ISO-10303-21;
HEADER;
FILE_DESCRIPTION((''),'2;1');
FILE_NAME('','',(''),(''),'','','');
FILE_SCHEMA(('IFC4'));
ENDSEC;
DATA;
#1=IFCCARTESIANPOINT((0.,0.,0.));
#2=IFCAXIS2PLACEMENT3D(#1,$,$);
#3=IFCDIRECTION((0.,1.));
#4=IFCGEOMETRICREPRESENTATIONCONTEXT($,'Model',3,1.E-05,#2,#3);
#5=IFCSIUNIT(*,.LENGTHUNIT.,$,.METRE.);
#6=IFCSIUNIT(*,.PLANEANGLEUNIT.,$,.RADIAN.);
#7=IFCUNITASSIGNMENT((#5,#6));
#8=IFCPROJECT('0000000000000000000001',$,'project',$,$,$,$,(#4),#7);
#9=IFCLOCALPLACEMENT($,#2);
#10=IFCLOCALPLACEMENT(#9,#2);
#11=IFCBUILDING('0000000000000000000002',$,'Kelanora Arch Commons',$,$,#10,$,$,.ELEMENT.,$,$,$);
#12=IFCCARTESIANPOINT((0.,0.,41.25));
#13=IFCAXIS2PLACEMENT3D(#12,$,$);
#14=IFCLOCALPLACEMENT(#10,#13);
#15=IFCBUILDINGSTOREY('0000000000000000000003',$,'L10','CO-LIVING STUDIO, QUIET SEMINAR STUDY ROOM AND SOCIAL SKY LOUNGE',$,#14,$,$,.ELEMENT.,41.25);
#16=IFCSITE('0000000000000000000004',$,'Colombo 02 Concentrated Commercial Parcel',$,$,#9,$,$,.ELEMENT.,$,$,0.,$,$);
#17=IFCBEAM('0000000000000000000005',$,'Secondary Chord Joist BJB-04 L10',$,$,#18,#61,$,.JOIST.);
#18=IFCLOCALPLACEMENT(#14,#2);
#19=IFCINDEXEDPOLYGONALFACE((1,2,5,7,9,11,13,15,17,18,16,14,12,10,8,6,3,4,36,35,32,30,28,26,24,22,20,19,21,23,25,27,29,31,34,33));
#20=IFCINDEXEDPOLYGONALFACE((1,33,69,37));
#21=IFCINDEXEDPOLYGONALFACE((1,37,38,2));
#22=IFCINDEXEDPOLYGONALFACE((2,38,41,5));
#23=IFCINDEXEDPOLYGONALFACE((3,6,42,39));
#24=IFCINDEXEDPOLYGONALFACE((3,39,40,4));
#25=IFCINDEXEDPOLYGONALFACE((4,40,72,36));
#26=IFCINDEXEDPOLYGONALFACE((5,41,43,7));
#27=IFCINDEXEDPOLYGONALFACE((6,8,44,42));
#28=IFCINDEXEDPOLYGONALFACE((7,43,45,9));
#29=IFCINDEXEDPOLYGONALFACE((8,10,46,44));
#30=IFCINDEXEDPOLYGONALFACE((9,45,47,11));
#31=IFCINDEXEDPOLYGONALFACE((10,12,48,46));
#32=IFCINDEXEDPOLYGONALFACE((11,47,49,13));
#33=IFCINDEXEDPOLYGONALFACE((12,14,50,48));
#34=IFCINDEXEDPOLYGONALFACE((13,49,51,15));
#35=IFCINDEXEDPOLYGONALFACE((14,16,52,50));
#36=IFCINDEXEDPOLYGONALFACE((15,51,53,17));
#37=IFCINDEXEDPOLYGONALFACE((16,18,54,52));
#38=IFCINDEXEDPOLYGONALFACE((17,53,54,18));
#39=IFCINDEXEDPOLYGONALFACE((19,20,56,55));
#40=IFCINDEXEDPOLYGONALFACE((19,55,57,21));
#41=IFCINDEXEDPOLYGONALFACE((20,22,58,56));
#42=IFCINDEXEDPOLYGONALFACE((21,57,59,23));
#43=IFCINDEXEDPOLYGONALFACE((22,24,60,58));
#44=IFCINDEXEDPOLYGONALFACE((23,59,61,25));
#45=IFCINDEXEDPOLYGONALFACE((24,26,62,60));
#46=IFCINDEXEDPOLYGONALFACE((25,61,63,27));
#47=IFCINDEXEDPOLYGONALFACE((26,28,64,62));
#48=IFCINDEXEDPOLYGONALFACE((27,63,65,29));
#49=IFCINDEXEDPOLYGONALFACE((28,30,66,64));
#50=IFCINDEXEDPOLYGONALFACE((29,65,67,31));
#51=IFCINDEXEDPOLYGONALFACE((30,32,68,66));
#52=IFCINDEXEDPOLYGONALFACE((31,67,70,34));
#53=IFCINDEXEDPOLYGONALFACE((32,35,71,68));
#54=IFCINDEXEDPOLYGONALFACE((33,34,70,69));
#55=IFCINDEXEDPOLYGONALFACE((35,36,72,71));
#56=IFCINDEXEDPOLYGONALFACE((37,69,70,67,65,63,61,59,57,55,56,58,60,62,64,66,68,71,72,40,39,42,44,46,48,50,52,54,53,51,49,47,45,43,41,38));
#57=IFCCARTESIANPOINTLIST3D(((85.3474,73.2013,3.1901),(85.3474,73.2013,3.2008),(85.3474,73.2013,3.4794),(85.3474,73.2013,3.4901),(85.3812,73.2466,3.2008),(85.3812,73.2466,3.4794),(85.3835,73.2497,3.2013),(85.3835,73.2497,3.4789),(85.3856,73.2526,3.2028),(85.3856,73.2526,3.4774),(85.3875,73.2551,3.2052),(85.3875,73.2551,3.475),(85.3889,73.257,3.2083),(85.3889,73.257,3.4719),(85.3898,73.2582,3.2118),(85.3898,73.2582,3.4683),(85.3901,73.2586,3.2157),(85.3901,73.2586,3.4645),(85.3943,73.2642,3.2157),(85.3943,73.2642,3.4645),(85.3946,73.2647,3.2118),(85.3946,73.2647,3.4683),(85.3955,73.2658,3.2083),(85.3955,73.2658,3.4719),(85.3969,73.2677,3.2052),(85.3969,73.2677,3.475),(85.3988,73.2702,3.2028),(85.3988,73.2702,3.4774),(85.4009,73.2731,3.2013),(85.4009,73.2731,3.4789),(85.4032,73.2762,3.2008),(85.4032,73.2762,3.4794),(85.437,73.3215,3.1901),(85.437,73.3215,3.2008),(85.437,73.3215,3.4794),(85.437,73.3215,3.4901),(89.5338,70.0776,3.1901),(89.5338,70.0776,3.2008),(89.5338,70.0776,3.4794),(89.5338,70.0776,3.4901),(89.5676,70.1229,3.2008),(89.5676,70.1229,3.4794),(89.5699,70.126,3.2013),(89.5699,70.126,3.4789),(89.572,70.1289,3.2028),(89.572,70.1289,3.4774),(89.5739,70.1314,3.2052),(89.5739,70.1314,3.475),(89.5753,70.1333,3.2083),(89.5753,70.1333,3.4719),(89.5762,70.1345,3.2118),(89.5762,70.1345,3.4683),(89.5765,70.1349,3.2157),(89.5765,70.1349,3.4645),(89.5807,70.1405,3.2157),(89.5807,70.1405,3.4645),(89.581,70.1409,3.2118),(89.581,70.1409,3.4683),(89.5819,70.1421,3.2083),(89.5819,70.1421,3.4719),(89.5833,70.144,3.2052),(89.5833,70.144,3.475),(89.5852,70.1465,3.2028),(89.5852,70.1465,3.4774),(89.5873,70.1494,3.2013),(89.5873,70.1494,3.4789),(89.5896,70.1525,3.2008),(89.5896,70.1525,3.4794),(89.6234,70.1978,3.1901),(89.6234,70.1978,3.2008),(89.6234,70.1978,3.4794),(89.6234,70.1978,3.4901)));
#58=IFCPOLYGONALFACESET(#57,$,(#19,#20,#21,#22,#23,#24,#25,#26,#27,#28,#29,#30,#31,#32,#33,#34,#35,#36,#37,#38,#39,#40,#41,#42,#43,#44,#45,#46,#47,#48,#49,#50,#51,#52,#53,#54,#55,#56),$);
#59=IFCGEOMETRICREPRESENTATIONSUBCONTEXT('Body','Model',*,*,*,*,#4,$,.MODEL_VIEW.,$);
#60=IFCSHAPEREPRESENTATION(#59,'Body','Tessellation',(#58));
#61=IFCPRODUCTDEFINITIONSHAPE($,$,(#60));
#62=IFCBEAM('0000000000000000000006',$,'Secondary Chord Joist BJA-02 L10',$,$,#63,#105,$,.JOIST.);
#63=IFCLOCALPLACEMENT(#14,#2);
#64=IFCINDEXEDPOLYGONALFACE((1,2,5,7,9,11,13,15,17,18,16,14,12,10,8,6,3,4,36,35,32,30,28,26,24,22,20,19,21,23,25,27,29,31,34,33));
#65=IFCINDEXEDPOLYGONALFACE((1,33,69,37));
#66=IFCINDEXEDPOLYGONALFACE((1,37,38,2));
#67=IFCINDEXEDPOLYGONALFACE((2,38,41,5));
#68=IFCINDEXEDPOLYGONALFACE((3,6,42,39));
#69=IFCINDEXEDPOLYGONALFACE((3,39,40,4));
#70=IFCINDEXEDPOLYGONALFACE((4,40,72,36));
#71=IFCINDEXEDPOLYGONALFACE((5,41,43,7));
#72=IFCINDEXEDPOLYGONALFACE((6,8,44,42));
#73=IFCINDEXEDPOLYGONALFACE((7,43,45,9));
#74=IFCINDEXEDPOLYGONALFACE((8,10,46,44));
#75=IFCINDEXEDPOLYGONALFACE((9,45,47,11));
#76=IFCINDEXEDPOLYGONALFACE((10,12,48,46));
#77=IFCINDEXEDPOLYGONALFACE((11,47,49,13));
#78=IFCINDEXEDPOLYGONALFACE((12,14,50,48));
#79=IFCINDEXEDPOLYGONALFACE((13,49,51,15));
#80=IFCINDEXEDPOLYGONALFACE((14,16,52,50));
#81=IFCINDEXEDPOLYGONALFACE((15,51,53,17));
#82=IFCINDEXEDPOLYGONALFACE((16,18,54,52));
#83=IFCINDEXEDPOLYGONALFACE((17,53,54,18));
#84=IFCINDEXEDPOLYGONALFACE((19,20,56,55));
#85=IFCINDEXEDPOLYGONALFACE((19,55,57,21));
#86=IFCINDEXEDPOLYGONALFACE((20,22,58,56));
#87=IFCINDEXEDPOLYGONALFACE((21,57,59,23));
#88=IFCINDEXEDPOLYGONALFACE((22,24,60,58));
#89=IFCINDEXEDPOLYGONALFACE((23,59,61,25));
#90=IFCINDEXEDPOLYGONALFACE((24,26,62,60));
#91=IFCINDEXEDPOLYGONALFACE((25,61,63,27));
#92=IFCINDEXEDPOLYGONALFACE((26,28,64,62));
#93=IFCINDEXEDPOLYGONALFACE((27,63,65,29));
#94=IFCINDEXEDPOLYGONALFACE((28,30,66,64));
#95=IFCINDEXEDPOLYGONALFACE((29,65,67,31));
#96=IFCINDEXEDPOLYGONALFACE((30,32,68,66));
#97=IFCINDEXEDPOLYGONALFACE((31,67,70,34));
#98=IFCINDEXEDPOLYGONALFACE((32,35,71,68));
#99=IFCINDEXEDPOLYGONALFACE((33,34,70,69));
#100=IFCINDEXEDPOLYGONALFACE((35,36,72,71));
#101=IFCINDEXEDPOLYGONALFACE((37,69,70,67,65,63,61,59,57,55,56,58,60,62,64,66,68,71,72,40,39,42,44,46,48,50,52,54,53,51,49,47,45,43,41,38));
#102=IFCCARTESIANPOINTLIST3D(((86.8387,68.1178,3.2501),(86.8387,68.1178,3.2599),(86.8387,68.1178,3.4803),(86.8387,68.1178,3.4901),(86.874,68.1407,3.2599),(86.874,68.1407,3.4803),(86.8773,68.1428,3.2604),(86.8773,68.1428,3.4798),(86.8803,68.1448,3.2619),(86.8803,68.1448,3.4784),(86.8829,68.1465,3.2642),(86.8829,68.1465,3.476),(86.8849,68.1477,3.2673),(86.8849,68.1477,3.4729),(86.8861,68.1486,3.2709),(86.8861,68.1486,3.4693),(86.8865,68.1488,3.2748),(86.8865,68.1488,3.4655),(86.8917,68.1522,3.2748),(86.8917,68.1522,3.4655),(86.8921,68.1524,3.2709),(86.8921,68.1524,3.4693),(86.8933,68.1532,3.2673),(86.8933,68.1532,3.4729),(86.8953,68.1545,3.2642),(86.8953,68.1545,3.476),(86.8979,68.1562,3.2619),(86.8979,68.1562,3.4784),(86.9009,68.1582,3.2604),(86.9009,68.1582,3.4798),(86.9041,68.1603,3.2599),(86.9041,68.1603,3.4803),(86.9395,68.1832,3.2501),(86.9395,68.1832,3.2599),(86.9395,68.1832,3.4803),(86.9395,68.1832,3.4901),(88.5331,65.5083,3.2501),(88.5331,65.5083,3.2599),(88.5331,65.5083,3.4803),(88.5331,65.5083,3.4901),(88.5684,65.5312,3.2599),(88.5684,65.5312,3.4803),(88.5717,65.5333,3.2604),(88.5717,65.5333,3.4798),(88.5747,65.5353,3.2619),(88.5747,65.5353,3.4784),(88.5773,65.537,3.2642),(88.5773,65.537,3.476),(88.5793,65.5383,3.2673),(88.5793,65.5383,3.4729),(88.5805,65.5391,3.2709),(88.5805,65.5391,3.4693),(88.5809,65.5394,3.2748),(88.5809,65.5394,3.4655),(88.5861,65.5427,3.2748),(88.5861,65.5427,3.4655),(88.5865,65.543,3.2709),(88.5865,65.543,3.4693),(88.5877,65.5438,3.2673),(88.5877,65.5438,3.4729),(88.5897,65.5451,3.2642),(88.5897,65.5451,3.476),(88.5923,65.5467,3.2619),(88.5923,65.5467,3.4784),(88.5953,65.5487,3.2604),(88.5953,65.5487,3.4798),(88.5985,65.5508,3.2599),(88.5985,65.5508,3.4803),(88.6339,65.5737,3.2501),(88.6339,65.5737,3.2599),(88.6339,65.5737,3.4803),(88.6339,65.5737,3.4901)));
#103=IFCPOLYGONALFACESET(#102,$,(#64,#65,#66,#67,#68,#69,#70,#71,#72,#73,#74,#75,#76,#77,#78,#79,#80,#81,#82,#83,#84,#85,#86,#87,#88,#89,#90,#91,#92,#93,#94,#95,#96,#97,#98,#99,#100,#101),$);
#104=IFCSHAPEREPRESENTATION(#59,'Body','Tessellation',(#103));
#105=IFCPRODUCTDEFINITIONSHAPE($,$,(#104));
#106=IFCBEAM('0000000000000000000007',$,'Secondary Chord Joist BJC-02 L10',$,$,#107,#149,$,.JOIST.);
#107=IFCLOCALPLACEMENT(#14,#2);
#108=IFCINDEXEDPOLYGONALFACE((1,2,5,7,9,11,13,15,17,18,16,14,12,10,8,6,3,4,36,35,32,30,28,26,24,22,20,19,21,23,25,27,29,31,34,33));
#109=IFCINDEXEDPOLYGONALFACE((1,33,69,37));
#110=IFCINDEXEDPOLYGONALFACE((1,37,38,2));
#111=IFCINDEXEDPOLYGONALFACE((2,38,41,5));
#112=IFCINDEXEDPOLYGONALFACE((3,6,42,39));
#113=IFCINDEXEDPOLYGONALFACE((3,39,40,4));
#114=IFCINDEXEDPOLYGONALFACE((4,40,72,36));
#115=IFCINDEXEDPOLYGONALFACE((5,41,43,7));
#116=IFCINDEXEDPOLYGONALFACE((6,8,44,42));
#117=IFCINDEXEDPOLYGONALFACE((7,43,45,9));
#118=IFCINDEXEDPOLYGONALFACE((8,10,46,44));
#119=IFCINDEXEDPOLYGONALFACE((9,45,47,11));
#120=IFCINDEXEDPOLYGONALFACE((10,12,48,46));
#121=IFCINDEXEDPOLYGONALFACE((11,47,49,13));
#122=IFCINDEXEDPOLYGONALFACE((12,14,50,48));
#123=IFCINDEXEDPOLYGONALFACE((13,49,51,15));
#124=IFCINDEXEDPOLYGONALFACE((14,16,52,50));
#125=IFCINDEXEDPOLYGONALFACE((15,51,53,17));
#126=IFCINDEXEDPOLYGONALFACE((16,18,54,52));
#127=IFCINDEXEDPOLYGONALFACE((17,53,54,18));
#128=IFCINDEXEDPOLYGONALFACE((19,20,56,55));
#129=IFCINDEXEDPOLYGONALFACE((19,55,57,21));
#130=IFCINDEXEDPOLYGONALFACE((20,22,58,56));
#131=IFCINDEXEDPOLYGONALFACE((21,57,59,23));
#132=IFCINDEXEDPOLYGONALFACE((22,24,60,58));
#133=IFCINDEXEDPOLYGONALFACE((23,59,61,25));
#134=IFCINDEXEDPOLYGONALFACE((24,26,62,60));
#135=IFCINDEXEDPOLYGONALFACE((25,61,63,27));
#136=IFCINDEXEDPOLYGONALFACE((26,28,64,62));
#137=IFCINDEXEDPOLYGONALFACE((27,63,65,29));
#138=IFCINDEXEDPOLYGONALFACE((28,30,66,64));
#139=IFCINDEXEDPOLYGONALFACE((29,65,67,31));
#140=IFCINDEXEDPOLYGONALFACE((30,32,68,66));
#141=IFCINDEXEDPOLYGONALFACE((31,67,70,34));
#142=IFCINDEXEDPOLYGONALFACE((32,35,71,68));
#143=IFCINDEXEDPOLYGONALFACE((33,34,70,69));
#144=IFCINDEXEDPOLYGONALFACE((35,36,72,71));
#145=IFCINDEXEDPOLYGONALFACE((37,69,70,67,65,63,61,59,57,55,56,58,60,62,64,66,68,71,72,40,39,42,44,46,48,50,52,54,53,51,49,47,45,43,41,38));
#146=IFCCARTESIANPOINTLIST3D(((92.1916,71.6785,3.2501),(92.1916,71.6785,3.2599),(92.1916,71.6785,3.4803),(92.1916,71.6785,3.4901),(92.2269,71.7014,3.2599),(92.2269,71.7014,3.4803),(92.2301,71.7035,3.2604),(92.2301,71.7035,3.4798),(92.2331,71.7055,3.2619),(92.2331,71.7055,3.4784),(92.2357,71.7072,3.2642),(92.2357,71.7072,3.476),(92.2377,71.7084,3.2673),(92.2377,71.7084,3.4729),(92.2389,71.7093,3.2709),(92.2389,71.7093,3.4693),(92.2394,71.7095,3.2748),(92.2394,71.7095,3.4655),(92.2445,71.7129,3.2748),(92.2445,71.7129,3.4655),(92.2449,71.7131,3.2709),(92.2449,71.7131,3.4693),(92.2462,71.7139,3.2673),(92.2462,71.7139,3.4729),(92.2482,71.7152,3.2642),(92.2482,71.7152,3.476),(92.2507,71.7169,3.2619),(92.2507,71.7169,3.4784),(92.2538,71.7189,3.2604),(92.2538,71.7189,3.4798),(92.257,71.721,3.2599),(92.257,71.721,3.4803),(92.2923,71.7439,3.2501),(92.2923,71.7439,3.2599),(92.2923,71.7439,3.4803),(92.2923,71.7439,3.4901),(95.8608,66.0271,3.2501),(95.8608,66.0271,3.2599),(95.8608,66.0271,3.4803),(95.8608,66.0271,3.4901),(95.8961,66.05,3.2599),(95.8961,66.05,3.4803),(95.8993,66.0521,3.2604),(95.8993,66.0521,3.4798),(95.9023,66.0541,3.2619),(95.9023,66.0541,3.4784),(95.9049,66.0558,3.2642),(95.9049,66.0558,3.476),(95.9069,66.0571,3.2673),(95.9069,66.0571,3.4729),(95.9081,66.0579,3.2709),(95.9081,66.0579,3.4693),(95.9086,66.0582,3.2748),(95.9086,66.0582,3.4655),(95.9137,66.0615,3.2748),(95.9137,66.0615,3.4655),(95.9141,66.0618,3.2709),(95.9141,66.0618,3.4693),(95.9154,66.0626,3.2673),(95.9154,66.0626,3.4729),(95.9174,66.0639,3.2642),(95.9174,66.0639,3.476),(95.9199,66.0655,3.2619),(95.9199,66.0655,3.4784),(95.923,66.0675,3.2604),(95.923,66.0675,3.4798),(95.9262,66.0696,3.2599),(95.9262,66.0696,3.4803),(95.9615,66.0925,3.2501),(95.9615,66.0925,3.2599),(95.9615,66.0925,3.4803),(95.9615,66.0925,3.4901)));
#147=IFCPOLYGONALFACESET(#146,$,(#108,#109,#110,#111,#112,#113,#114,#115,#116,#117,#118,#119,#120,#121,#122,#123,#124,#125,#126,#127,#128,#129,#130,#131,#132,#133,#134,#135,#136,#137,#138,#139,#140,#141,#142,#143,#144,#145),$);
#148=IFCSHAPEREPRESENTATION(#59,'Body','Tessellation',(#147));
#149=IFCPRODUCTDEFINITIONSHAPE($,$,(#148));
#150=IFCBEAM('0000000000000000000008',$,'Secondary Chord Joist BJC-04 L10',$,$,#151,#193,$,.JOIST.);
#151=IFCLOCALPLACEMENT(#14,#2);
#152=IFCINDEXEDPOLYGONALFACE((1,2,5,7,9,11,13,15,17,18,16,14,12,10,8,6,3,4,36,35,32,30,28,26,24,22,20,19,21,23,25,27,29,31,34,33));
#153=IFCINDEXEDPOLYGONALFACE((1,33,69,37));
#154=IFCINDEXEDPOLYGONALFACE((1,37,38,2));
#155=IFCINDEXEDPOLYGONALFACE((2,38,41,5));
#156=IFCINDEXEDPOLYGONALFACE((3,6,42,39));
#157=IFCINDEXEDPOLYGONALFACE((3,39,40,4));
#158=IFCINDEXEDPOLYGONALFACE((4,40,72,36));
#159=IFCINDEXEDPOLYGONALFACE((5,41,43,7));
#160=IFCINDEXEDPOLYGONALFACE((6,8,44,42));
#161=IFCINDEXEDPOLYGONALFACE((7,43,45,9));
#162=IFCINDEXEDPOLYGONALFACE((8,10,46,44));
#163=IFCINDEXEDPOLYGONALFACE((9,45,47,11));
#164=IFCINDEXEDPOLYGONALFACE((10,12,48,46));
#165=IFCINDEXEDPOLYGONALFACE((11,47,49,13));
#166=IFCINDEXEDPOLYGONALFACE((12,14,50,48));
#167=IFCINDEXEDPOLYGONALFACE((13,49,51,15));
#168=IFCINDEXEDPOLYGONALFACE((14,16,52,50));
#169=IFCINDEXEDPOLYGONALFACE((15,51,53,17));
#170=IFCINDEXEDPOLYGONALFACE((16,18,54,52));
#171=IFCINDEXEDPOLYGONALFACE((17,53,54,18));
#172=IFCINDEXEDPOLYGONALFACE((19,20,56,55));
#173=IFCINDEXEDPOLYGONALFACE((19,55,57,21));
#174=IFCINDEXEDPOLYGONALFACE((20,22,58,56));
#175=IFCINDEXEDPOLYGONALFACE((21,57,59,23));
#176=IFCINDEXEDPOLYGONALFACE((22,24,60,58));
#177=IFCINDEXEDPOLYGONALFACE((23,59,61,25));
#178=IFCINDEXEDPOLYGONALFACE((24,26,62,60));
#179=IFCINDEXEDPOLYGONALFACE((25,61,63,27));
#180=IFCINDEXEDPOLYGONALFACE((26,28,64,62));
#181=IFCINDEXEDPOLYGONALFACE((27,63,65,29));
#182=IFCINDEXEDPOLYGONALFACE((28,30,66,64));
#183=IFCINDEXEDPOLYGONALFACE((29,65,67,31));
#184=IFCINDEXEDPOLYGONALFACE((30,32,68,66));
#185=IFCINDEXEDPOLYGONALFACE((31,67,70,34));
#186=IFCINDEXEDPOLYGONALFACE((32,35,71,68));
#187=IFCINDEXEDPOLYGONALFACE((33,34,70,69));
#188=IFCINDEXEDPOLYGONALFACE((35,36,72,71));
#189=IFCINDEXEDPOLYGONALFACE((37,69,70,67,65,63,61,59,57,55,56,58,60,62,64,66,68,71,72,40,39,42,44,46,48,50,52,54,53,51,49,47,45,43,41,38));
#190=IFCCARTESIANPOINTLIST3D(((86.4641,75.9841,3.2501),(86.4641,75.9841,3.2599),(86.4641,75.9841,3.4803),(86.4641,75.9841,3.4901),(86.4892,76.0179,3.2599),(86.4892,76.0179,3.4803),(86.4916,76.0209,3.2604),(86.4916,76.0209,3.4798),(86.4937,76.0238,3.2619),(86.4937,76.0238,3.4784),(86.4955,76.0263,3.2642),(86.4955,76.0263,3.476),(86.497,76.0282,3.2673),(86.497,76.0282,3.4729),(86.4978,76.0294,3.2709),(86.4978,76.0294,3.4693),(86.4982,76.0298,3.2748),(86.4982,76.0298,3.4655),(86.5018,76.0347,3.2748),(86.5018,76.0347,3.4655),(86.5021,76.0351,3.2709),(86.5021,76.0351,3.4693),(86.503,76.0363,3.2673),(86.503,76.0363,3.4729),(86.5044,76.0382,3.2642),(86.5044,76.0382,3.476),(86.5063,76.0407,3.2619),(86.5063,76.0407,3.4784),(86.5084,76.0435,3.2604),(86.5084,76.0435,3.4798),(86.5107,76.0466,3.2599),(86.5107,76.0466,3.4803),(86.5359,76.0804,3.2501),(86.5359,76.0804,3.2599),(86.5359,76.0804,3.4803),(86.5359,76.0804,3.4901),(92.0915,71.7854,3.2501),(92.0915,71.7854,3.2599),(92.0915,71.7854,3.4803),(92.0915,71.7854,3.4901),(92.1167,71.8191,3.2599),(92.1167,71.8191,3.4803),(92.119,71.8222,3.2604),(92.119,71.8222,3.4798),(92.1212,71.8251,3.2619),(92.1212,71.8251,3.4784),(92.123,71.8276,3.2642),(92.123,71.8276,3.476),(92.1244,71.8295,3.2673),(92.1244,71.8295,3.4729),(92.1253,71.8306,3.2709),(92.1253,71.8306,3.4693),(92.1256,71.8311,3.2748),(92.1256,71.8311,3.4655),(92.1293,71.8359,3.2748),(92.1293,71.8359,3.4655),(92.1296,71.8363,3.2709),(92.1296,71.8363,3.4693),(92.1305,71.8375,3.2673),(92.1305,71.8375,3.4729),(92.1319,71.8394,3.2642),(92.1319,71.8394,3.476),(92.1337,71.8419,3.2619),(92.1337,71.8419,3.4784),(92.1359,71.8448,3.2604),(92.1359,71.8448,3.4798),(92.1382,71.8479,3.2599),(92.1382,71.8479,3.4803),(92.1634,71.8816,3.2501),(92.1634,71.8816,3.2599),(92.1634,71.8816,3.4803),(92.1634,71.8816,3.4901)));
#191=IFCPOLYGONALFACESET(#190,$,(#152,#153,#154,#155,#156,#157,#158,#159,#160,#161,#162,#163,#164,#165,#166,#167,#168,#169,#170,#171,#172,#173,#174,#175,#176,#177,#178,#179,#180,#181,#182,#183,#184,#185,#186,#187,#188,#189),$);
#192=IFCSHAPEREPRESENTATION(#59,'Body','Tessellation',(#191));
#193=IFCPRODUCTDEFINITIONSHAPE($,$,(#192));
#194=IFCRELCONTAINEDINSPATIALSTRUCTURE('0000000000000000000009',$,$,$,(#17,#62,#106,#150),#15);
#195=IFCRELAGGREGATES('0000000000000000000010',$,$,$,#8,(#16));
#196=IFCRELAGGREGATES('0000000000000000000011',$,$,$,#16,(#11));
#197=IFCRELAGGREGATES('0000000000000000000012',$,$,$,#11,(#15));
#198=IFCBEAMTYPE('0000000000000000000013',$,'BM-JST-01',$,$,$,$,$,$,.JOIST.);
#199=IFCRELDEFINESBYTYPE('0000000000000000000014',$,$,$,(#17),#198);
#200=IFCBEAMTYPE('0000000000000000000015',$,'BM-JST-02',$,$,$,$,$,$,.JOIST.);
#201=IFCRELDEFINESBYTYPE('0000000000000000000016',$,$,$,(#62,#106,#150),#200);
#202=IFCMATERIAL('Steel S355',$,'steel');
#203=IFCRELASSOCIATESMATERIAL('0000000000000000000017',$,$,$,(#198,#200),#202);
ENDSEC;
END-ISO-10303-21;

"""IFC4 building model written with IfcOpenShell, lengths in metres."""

from ifc_helpers import new_model, si_unit, direction, frame, origin, origin_2d, place, context, subcontext, project, spatial, i_section, extrude, material, material_profile, profile_set, type_object, element, save


model = new_model("IFC4")

# Units and contexts
model_context = context("Model", 3, precision=1e-05, world=origin(), true_north=direction((0.0, 1.0)))
body_context = subcontext(model_context, "Body", "Model", "MODEL_VIEW")
ifc_project = project(units=[si_unit("LENGTHUNIT", "METRE"), si_unit("PLANEANGLEUNIT", "RADIAN")], contexts=[model_context])

# Site, building, storey
site_placement = place(None, origin())
site = spatial("IfcSite", under=ifc_project, at=site_placement, Name="Colombo 02 Concentrated Commercial Parcel", CompositionType="ELEMENT", RefElevation=0.0)
building_placement = place(site_placement, origin())
building = spatial("IfcBuilding", under=site, at=building_placement, Name="Kelanora Arch Commons", CompositionType="ELEMENT")
storey_placement = place(building_placement, frame((0.0, 0.0, 41.25)))
storey = spatial("IfcBuildingStorey", under=building, at=storey_placement, Name="L10", Description="CO-LIVING STUDIO, QUIET SEMINAR STUDY ROOM AND SOCIAL SKY LOUNGE", CompositionType="ELEMENT", Elevation=41.25)

# Beams
ifc_material_1 = material(Name="Steel S355", Category="steel")
ifc_material_profile_1 = material_profile(ifc_material_1, i_section(OverallWidth=0.1499, OverallDepth=0.3, WebThickness=0.0071, FlangeThickness=0.0107, FilletRadius=0.0149, at=origin_2d()), Name="IPE300")
ifc_profile_set_1 = profile_set([ifc_material_profile_1], Name="Steel S355")
beam_type_1 = type_object("IfcBeamType", Name="BM-JST-01", PredefinedType="JOIST", material=ifc_profile_set_1)
beam_1_placement = place(storey_placement, frame((89.5786, 70.1377, 3.3401), z_axis=(-0.801478, 0.598024, 0.0), x_axis=(-0.598024, -0.801478, 0.0)))
element("IfcBeam", 1, at=beam_1_placement, inside=storey, type_object=beam_type_1, Name="Secondary Chord Joist BJB-04 L10", PredefinedType="JOIST", context=body_context, shape_type="SweptSolid", body=[
    extrude(i_section(OverallWidth=0.1499, OverallDepth=0.3, WebThickness=0.0071, FlangeThickness=0.0107, FilletRadius=0.0149, at=origin_2d()), origin(), (0.0, 0.0, 1.0), 5.2234),
])
ifc_material_profile_2 = material_profile(ifc_material_1, i_section(OverallWidth=0.1201, OverallDepth=0.24, WebThickness=0.0061, FlangeThickness=0.0098, FilletRadius=0.0149, at=origin_2d()), Name="IPE240")
ifc_profile_set_2 = profile_set([ifc_material_profile_2], Name="Steel S355")
beam_type_2 = type_object("IfcBeamType", Name="BM-JST-02", PredefinedType="JOIST", material=ifc_profile_set_2)
beam_2_placement = place(storey_placement, frame((88.5835, 65.541, 3.3701), z_axis=(-0.544591, 0.838702, 0.0), x_axis=(-0.838702, -0.544591, 0.0)))
element("IfcBeam", 2, at=beam_2_placement, inside=storey, type_object=beam_type_2, Name="Secondary Chord Joist BJA-02 L10", PredefinedType="JOIST", context=body_context, shape_type="SweptSolid", body=[
    extrude(i_section(OverallWidth=0.1201, OverallDepth=0.24, WebThickness=0.0061, FlangeThickness=0.0098, FilletRadius=0.0149, at=origin_2d()), origin(), (0.0, 0.0, 1.0), 3.1113),
])
beam_3_placement = place(storey_placement, frame((95.9111, 66.0598, 3.3701), z_axis=(-0.54455, 0.838728, 0.0), x_axis=(-0.838728, -0.54455, 0.0)))
element("IfcBeam", 3, at=beam_3_placement, inside=storey, type_object=beam_type_2, Name="Secondary Chord Joist BJC-02 L10", PredefinedType="JOIST", context=body_context, shape_type="SweptSolid", body=[
    extrude(i_section(OverallWidth=0.1201, OverallDepth=0.24, WebThickness=0.0061, FlangeThickness=0.0098, FilletRadius=0.0149, at=origin_2d()), origin(), (0.0, 0.0, 1.0), 6.738),
])
beam_4_placement = place(storey_placement, frame((92.1274, 71.8335, 3.3701), z_axis=(-0.801491, 0.598006, 0.0), x_axis=(-0.598006, -0.801491, 0.0)))
element("IfcBeam", 4, at=beam_4_placement, inside=storey, type_object=beam_type_2, Name="Secondary Chord Joist BJC-04 L10", PredefinedType="JOIST", context=body_context, shape_type="SweptSolid", body=[
    extrude(i_section(OverallWidth=0.1201, OverallDepth=0.24, WebThickness=0.0061, FlangeThickness=0.0098, FilletRadius=0.0149, at=origin_2d()), origin(), (0.0, 0.0, 1.0), 7.0212),
])

save(model, "model.ifc")
